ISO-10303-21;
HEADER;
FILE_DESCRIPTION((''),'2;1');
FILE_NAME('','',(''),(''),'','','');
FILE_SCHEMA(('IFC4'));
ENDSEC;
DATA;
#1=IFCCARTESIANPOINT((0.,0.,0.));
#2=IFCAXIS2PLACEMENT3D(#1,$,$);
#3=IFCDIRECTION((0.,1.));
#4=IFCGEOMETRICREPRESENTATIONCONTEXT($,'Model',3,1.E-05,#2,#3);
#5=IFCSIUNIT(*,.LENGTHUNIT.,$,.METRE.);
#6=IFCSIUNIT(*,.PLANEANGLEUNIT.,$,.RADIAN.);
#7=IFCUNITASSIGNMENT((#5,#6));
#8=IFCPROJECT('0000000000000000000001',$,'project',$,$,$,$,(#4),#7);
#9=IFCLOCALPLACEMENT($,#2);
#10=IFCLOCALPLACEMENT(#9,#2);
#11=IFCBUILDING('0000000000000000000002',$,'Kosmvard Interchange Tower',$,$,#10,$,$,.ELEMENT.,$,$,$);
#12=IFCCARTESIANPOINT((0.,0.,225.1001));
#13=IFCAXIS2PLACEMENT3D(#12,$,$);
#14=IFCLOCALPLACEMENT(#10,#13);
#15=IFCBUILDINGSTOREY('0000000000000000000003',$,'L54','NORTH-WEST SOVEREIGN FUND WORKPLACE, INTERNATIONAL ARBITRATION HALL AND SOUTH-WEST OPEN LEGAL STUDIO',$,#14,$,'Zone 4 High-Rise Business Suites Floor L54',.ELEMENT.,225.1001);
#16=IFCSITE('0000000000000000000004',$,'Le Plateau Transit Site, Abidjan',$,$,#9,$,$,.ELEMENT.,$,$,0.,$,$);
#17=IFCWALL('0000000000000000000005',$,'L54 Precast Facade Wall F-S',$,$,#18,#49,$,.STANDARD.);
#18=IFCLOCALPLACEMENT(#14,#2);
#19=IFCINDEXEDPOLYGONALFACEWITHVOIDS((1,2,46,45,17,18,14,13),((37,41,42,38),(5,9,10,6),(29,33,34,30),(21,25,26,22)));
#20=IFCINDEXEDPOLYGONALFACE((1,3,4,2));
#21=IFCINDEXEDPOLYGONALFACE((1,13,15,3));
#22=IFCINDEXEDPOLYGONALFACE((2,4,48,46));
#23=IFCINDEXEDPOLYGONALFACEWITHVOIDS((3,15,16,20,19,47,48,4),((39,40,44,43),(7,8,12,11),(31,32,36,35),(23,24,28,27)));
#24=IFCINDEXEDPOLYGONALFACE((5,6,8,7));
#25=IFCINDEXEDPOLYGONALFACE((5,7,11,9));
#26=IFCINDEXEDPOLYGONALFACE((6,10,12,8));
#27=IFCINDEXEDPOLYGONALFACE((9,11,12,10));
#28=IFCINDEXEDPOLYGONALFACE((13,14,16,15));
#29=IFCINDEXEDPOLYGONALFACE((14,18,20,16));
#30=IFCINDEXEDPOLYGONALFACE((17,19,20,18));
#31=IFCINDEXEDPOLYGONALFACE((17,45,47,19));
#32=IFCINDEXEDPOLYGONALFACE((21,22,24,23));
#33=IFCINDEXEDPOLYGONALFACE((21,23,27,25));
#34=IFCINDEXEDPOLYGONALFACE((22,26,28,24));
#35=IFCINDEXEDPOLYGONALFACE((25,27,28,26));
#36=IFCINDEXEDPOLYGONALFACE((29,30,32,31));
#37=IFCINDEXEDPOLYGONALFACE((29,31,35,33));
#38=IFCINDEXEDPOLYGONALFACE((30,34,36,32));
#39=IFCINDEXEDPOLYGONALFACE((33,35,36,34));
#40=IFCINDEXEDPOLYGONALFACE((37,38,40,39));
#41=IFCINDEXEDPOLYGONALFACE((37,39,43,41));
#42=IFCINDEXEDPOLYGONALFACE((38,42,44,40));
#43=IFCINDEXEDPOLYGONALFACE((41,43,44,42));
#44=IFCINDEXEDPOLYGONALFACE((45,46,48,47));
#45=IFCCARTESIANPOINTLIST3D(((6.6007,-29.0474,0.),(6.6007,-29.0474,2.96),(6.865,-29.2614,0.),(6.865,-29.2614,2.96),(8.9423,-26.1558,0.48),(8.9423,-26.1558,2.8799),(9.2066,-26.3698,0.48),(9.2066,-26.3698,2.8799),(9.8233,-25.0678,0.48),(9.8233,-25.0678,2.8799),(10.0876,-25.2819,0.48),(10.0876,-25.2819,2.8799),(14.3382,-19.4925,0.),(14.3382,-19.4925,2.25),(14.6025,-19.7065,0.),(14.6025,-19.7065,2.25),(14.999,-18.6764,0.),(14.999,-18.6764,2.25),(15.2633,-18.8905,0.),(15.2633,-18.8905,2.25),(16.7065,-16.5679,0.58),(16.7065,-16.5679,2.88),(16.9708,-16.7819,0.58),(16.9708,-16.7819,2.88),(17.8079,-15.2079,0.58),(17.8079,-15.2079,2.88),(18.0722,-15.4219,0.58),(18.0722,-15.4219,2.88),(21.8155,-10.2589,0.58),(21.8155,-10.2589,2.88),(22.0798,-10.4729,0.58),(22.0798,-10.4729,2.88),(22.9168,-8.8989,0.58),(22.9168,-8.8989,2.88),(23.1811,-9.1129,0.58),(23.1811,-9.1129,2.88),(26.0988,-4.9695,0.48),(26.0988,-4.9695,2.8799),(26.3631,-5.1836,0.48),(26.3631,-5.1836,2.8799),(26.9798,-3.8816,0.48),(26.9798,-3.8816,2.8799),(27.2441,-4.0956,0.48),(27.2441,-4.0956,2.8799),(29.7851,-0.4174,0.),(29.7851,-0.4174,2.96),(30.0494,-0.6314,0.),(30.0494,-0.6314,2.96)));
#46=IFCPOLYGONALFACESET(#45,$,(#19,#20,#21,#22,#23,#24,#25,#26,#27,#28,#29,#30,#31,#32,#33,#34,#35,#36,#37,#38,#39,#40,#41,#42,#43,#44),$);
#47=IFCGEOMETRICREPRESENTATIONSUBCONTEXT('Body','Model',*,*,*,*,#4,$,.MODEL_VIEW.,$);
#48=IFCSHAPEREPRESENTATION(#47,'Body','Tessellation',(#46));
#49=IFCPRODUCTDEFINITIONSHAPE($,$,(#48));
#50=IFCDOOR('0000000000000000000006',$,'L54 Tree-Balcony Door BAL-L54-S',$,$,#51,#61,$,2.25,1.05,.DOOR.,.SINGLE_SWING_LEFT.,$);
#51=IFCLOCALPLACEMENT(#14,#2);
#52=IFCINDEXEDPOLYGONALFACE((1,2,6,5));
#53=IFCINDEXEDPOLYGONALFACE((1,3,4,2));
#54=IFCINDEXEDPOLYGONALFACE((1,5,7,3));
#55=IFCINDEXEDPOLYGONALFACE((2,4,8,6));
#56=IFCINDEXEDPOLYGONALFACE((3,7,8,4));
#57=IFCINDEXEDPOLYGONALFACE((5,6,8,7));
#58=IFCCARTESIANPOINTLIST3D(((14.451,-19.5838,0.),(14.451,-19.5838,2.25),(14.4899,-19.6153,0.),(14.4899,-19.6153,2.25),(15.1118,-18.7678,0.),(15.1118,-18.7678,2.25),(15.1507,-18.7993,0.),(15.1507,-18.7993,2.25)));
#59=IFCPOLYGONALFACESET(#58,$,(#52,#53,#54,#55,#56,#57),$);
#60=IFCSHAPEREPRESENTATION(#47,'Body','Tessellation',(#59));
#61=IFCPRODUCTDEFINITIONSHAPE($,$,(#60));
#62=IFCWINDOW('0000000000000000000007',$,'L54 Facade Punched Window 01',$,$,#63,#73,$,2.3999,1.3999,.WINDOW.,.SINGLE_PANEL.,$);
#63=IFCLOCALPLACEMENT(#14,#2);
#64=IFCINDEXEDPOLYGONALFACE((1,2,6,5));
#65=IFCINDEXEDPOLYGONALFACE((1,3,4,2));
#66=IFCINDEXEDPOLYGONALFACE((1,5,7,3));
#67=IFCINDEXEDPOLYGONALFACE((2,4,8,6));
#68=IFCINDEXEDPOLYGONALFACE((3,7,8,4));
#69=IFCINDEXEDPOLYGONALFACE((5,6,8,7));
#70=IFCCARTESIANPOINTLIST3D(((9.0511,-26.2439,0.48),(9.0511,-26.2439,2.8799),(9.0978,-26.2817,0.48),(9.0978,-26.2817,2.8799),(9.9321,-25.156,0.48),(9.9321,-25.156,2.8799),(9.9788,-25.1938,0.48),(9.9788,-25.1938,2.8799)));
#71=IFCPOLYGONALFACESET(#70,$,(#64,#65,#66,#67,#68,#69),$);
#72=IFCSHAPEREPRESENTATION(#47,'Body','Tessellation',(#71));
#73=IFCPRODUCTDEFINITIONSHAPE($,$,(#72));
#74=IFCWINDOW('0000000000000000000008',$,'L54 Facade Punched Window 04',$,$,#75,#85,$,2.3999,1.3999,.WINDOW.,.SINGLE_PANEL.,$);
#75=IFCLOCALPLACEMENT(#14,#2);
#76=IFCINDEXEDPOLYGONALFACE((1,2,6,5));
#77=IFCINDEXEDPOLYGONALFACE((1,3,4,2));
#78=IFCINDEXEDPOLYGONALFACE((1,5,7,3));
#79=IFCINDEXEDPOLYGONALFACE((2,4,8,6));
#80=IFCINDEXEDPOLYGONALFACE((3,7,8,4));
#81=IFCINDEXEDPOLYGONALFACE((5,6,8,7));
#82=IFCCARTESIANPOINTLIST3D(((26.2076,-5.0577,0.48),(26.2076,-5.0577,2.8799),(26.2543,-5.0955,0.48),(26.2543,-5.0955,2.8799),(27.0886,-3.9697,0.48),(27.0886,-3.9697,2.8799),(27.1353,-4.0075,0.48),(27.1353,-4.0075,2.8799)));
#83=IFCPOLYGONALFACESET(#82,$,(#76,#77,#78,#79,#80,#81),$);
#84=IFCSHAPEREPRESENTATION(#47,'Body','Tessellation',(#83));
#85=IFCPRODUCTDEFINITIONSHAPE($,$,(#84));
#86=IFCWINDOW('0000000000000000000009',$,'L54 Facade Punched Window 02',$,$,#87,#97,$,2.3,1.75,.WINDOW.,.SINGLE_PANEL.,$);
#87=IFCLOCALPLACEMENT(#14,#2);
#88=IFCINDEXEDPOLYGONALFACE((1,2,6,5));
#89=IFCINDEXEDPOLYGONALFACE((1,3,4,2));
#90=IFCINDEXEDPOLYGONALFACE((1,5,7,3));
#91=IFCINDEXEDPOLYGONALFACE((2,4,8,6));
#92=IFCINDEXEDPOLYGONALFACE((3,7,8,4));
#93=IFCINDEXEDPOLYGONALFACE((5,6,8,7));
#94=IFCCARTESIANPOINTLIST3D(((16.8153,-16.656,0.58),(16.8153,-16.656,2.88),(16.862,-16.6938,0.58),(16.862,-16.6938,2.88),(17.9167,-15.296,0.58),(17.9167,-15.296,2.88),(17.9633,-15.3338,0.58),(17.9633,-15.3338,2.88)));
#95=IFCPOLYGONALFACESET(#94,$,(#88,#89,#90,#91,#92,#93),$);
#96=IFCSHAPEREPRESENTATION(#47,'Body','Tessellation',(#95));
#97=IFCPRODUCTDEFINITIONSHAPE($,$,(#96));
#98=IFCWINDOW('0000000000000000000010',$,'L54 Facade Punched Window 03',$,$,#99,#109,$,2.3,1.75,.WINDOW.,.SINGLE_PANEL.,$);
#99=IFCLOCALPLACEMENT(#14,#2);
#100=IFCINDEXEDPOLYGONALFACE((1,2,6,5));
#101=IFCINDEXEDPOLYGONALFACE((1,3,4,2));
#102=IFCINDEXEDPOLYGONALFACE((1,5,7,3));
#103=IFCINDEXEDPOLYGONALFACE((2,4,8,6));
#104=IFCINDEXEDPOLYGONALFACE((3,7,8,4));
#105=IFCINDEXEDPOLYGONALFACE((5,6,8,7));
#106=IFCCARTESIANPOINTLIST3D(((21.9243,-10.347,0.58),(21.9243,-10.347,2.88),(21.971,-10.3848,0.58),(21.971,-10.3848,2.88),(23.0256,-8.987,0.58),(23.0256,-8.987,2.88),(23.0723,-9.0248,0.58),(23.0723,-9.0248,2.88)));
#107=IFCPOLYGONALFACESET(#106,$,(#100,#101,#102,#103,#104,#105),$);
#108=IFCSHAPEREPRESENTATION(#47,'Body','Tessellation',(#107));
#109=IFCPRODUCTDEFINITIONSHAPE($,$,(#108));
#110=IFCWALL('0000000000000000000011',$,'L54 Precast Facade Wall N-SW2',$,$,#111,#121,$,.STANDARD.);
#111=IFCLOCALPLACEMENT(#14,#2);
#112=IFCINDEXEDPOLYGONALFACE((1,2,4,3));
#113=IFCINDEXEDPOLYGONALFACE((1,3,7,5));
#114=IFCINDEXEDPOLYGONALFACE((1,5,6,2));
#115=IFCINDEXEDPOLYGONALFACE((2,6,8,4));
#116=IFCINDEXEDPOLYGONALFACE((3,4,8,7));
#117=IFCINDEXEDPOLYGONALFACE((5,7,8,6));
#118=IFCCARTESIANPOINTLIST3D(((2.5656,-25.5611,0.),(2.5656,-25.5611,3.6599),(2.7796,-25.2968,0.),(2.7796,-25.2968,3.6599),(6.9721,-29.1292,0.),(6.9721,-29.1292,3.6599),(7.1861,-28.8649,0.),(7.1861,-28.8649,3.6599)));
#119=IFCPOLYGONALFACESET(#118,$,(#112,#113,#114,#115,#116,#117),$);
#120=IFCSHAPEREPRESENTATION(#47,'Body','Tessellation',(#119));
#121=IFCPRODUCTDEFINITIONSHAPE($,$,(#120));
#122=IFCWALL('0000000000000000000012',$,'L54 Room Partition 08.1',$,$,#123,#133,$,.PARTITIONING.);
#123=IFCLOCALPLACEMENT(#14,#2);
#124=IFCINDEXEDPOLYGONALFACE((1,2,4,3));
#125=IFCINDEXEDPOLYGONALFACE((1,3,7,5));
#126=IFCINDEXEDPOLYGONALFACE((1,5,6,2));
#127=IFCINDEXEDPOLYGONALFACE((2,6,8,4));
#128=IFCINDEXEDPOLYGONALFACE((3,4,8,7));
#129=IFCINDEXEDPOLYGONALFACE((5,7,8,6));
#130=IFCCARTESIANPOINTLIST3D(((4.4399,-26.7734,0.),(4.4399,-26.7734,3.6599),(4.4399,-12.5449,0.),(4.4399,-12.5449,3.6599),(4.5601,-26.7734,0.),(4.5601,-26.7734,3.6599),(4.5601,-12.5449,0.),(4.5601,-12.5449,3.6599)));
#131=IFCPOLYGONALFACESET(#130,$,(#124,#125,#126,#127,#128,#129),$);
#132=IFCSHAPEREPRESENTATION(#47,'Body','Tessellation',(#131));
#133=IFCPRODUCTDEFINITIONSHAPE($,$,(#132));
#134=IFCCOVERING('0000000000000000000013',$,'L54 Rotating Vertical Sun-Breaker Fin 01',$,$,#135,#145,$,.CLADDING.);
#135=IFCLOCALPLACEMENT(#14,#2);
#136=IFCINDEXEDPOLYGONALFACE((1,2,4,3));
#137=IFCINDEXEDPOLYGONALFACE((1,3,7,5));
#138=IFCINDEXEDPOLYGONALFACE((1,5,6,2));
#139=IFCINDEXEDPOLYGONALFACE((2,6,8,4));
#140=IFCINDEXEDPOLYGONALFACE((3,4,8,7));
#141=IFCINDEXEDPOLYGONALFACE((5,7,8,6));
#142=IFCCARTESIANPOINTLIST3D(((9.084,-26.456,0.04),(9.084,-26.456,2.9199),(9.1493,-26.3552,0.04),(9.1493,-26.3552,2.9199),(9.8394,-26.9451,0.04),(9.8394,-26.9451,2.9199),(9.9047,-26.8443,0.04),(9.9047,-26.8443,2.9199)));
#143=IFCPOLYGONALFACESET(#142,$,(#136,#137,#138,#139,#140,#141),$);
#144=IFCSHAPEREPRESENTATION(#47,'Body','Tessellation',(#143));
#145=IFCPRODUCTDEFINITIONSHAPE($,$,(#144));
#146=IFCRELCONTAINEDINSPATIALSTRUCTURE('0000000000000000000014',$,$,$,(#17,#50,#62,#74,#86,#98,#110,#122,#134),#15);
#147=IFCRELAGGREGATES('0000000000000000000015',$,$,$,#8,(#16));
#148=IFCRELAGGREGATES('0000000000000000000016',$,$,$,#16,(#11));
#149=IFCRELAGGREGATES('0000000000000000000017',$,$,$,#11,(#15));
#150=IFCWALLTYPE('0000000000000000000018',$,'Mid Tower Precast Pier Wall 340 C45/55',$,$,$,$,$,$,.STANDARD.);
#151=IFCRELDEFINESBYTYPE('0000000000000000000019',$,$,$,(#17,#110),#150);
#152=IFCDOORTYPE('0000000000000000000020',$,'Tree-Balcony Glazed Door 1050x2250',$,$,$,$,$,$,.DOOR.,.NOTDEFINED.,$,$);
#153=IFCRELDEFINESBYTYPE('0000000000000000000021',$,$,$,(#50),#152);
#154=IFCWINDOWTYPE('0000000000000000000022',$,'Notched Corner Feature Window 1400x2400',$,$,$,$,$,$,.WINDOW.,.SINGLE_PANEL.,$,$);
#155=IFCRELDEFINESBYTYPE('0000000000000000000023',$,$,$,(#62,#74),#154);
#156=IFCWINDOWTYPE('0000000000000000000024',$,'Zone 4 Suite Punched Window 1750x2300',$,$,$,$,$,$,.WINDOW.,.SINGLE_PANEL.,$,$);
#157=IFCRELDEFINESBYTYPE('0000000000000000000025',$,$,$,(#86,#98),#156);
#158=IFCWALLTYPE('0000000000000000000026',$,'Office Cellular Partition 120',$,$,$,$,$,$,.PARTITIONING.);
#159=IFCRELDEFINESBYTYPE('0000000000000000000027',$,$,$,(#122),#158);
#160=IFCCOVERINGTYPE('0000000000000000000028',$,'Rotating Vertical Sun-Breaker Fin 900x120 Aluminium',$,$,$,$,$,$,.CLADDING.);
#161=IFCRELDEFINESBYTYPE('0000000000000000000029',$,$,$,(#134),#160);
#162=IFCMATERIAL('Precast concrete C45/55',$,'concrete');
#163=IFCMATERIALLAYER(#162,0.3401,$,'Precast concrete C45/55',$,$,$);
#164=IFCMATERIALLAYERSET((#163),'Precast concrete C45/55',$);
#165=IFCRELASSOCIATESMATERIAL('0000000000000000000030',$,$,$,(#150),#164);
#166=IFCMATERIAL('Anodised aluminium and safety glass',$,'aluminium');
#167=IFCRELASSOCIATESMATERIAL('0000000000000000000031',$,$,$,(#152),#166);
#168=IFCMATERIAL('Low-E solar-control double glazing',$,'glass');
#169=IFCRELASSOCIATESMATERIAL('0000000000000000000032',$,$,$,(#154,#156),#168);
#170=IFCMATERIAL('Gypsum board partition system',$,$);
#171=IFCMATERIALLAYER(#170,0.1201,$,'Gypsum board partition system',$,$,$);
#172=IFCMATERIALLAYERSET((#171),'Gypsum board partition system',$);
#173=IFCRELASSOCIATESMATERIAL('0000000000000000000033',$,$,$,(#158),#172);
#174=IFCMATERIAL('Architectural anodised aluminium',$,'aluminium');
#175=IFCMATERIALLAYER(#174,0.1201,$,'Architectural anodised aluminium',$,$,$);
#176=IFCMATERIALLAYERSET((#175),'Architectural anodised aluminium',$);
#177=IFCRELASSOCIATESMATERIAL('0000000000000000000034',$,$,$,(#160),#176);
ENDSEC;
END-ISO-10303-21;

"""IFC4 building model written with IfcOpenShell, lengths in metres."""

from ifc_helpers import new_model, si_unit, direction, frame, frame_2d, origin, origin_2d, place, context, subcontext, project, spatial, rectangle, extrude, source, transform, mapped, material, layer, layer_set, type_object, element, fill, save


model = new_model("IFC4")

# Units and contexts
model_context = context("Model", 3, precision=1e-05, world=origin(), true_north=direction((0.0, 1.0)))
body_context = subcontext(model_context, "Body", "Model", "MODEL_VIEW")
ifc_project = project(units=[si_unit("LENGTHUNIT", "METRE"), si_unit("PLANEANGLEUNIT", "RADIAN")], contexts=[model_context])

# Site, building, storey
site_placement = place(None, origin())
site = spatial("IfcSite", under=ifc_project, at=site_placement, Name="Le Plateau Transit Site, Abidjan", CompositionType="ELEMENT", RefElevation=0.0)
building_placement = place(site_placement, origin())
building = spatial("IfcBuilding", under=site, at=building_placement, Name="Kosmvard Interchange Tower", CompositionType="ELEMENT")
storey_placement = place(building_placement, frame((0.0, 0.0, 225.1001)))
storey = spatial("IfcBuildingStorey", under=building, at=storey_placement, Name="L54", Description="NORTH-WEST SOVEREIGN FUND WORKPLACE, INTERNATIONAL ARBITRATION HALL AND SOUTH-WEST OPEN LEGAL STUDIO", LongName="Zone 4 High-Rise Business Suites Floor L54", CompositionType="ELEMENT", Elevation=225.1001)

# Wall, openings, door, windows
ifc_material_1 = material(Name="Precast concrete C45/55", Category="concrete")
ifc_layer_1 = layer(ifc_material_1, 0.3401, Name="Precast concrete C45/55")
ifc_layer_set_1 = layer_set([ifc_layer_1], Name="Precast concrete C45/55")
wall_type_1 = type_object("IfcWallType", Name="Mid Tower Precast Pier Wall 340 C45/55", PredefinedType="STANDARD", material=ifc_layer_set_1)
wall_1_placement = place(storey_placement, frame((6.7329, -29.1543, 0.0), z_axis=(0.0, 0.0, 1.0), x_axis=(0.629325, 0.777142, 0.0)))
wall_1 = element("IfcWall", 1, at=wall_1_placement, inside=storey, type_object=wall_type_1, Name="L54 Precast Facade Wall F-S", PredefinedType="STANDARD", context=body_context, shape_type="SweptSolid", body=[
    extrude(rectangle(XDim=36.8401, YDim=0.3401, at=frame_2d((18.4199, 0.0))), origin(), (0.0, 0.0, 1.0), 2.96),
])
opening_1_placement = place(wall_1_placement, frame((12.2949, 0.0, 0.0)))
opening_1 = element("IfcOpeningElement", 2, at=opening_1_placement, cuts=wall_1, PredefinedType="OPENING", context=body_context, shape_type="SweptSolid", body=[
    extrude(rectangle(XDim=1.05, YDim=2.25, at=frame_2d((0.5249, 1.125))), frame((0.0, 0.1802, 0.0), z_axis=(0.0, -1.0, 0.0), x_axis=(1.0, 0.0, 0.0)), (0.0, 0.0, 1.0), 0.3601),
])
opening_2_placement = place(wall_1_placement, frame((3.7207, 0.0, 0.48)))
opening_2 = element("IfcOpeningElement", 3, at=opening_2_placement, cuts=wall_1, PredefinedType="OPENING", context=body_context, shape_type="SweptSolid", body=[
    extrude(rectangle(XDim=1.3999, YDim=2.3999, at=frame_2d((0.7, 1.2))), frame((0.0, 0.1802, 0.0), z_axis=(0.0, -1.0, 0.0), x_axis=(1.0, 0.0, 0.0)), (0.0, 0.0, 1.0), 0.3601),
])
opening_3_placement = place(wall_1_placement, frame((16.0581, 0.0, 0.5801)))
opening_3 = element("IfcOpeningElement", 4, at=opening_3_placement, cuts=wall_1, PredefinedType="OPENING", context=body_context, shape_type="SweptSolid", body=[
    extrude(rectangle(XDim=1.75, YDim=2.3, at=frame_2d((0.875, 1.1499))), frame((0.0, 0.1802, 0.0), z_axis=(0.0, -1.0, 0.0), x_axis=(1.0, 0.0, 0.0)), (0.0, 0.0, 1.0), 0.3601),
])
opening_4_placement = place(wall_1_placement, frame((24.1763, 0.0, 0.5801)))
opening_4 = element("IfcOpeningElement", 5, at=opening_4_placement, cuts=wall_1, PredefinedType="OPENING", context=body_context, shape_type="SweptSolid", body=[
    extrude(rectangle(XDim=1.75, YDim=2.3, at=frame_2d((0.875, 1.1499))), frame((0.0, 0.1802, 0.0), z_axis=(0.0, -1.0, 0.0), x_axis=(1.0, 0.0, 0.0)), (0.0, 0.0, 1.0), 0.3601),
])
opening_5_placement = place(wall_1_placement, frame((30.9824, 0.0, 0.48)))
opening_5 = element("IfcOpeningElement", 6, at=opening_5_placement, cuts=wall_1, PredefinedType="OPENING", context=body_context, shape_type="SweptSolid", body=[
    extrude(rectangle(XDim=1.3999, YDim=2.3999, at=frame_2d((0.7, 1.2))), frame((0.0, 0.1802, 0.0), z_axis=(0.0, -1.0, 0.0), x_axis=(1.0, 0.0, 0.0)), (0.0, 0.0, 1.0), 0.3601),
])
ifc_material_2 = material(Name="Anodised aluminium and safety glass", Category="aluminium")
door_type = type_object("IfcDoorType", Name="Tree-Balcony Glazed Door 1050x2250", OperationType="NOTDEFINED", PredefinedType="DOOR", material=ifc_material_2)
shared_shape_1 = source(origin(), body_context, "Body", "SweptSolid", [
    extrude(rectangle(XDim=1.05, YDim=2.25, at=frame_2d((0.5249, 1.125))), frame((0.0, 0.0249, 0.0), z_axis=(0.0, -1.0, 0.0), x_axis=(1.0, 0.0, 0.0)), (0.0, 0.0, 1.0), 0.05),
])
door_placement = place(opening_1_placement, origin())
door = element("IfcDoor", 7, at=door_placement, inside=storey, type_object=door_type, Name="L54 Tree-Balcony Door BAL-L54-S", OperationType="SINGLE_SWING_LEFT", OverallHeight=2.25, OverallWidth=1.05, PredefinedType="DOOR", context=body_context, shape_type="MappedRepresentation", body=[
    mapped(shared_shape_1, transform((0.0, 0.0, 0.0), scale=1.0)),
])
fill(opening_1, door)
ifc_material_3 = material(Name="Low-E solar-control double glazing", Category="glass")
window_type_1 = type_object("IfcWindowType", Name="Notched Corner Feature Window 1400x2400", PartitioningType="SINGLE_PANEL", PredefinedType="WINDOW", material=ifc_material_3)
shared_shape_2 = source(origin(), body_context, "Body", "SweptSolid", [
    extrude(rectangle(XDim=1.3999, YDim=2.3999, at=frame_2d((0.7, 1.2))), frame((0.0, 0.03, 0.0), z_axis=(0.0, -1.0, 0.0), x_axis=(1.0, 0.0, 0.0)), (0.0, 0.0, 1.0), 0.0601),
])
window_1_placement = place(opening_2_placement, origin())
window_1 = element("IfcWindow", 8, at=window_1_placement, inside=storey, type_object=window_type_1, Name="L54 Facade Punched Window 01", OverallHeight=2.3999, OverallWidth=1.3999, PartitioningType="SINGLE_PANEL", PredefinedType="WINDOW", context=body_context, shape_type="MappedRepresentation", body=[
    mapped(shared_shape_2, transform((0.0, 0.0, 0.0), scale=1.0)),
])
fill(opening_2, window_1)
window_2_placement = place(opening_5_placement, origin())
window_2 = element("IfcWindow", 9, at=window_2_placement, inside=storey, type_object=window_type_1, Name="L54 Facade Punched Window 04", OverallHeight=2.3999, OverallWidth=1.3999, PartitioningType="SINGLE_PANEL", PredefinedType="WINDOW", context=body_context, shape_type="MappedRepresentation", body=[
    mapped(shared_shape_2, transform((0.0, 0.0, 0.0), scale=1.0)),
])
fill(opening_5, window_2)
window_type_2 = type_object("IfcWindowType", Name="Zone 4 Suite Punched Window 1750x2300", PartitioningType="SINGLE_PANEL", PredefinedType="WINDOW", material=ifc_material_3)
shared_shape_3 = source(origin(), body_context, "Body", "SweptSolid", [
    extrude(rectangle(XDim=1.75, YDim=2.3, at=frame_2d((0.875, 1.1499))), frame((0.0, 0.03, 0.0), z_axis=(0.0, -1.0, 0.0), x_axis=(1.0, 0.0, 0.0)), (0.0, 0.0, 1.0), 0.0601),
])
window_3_placement = place(opening_3_placement, origin())
window_3 = element("IfcWindow", 10, at=window_3_placement, inside=storey, type_object=window_type_2, Name="L54 Facade Punched Window 02", OverallHeight=2.3, OverallWidth=1.75, PartitioningType="SINGLE_PANEL", PredefinedType="WINDOW", context=body_context, shape_type="MappedRepresentation", body=[
    mapped(shared_shape_3, transform((0.0, 0.0, 0.0), scale=1.0)),
])
fill(opening_3, window_3)
window_4_placement = place(opening_4_placement, origin())
window_4 = element("IfcWindow", 11, at=window_4_placement, inside=storey, type_object=window_type_2, Name="L54 Facade Punched Window 03", OverallHeight=2.3, OverallWidth=1.75, PartitioningType="SINGLE_PANEL", PredefinedType="WINDOW", context=body_context, shape_type="MappedRepresentation", body=[
    mapped(shared_shape_3, transform((0.0, 0.0, 0.0), scale=1.0)),
])
fill(opening_4, window_4)

# Walls
wall_2_placement = place(storey_placement, frame((2.6726, -25.429, 0.0), z_axis=(0.0, 0.0, 1.0), x_axis=(0.777163, -0.6293, 0.0)))
element("IfcWall", 12, at=wall_2_placement, inside=storey, type_object=wall_type_1, Name="L54 Precast Facade Wall N-SW2", PredefinedType="STANDARD", context=body_context, shape_type="SweptSolid", body=[
    extrude(rectangle(XDim=5.6699, YDim=0.3401, at=frame_2d((2.835, 0.0))), origin(), (0.0, 0.0, 1.0), 3.6599),
])
ifc_material_4 = material(Name="Gypsum board partition system")
ifc_layer_2 = layer(ifc_material_4, 0.1201, Name="Gypsum board partition system")
ifc_layer_set_2 = layer_set([ifc_layer_2], Name="Gypsum board partition system")
wall_type_2 = type_object("IfcWallType", Name="Office Cellular Partition 120", PredefinedType="PARTITIONING", material=ifc_layer_set_2)
wall_3_placement = place(storey_placement, frame((4.5, -26.7734, 0.0), z_axis=(0.0, 0.0, 1.0), x_axis=(0.0, 1.0, 0.0)))
element("IfcWall", 13, at=wall_3_placement, inside=storey, type_object=wall_type_2, Name="L54 Room Partition 08.1", PredefinedType="PARTITIONING", context=body_context, shape_type="SweptSolid", body=[
    extrude(rectangle(XDim=14.2285, YDim=0.1201, at=frame_2d((7.1143, 0.0))), origin(), (0.0, 0.0, 1.0), 3.6599),
])

# Covering
ifc_material_5 = material(Name="Architectural anodised aluminium", Category="aluminium")
ifc_layer_3 = layer(ifc_material_5, 0.1201, Name="Architectural anodised aluminium")
ifc_layer_set_3 = layer_set([ifc_layer_3], Name="Architectural anodised aluminium")
covering_type = type_object("IfcCoveringType", Name="Rotating Vertical Sun-Breaker Fin 900x120 Aluminium", PredefinedType="CLADDING", material=ifc_layer_set_3)
shared_shape_4 = source(origin(), body_context, "Body", "SweptSolid", [
    extrude(rectangle(XDim=0.8999, YDim=0.1201, at=origin_2d()), origin(), (0.0, 0.0, 1.0), 2.8799),
])
covering_placement = place(storey_placement, frame((9.4944, -26.6501, 0.04), z_axis=(0.0, 0.0, 1.0), x_axis=(0.83943, -0.543467, 0.0)))
element("IfcCovering", 14, at=covering_placement, inside=storey, type_object=covering_type, Name="L54 Rotating Vertical Sun-Breaker Fin 01", PredefinedType="CLADDING", context=body_context, shape_type="MappedRepresentation", body=[
    mapped(shared_shape_4, transform((0.0, 0.0, 0.0), scale=1.0)),
])

save(model, "model.ifc")
